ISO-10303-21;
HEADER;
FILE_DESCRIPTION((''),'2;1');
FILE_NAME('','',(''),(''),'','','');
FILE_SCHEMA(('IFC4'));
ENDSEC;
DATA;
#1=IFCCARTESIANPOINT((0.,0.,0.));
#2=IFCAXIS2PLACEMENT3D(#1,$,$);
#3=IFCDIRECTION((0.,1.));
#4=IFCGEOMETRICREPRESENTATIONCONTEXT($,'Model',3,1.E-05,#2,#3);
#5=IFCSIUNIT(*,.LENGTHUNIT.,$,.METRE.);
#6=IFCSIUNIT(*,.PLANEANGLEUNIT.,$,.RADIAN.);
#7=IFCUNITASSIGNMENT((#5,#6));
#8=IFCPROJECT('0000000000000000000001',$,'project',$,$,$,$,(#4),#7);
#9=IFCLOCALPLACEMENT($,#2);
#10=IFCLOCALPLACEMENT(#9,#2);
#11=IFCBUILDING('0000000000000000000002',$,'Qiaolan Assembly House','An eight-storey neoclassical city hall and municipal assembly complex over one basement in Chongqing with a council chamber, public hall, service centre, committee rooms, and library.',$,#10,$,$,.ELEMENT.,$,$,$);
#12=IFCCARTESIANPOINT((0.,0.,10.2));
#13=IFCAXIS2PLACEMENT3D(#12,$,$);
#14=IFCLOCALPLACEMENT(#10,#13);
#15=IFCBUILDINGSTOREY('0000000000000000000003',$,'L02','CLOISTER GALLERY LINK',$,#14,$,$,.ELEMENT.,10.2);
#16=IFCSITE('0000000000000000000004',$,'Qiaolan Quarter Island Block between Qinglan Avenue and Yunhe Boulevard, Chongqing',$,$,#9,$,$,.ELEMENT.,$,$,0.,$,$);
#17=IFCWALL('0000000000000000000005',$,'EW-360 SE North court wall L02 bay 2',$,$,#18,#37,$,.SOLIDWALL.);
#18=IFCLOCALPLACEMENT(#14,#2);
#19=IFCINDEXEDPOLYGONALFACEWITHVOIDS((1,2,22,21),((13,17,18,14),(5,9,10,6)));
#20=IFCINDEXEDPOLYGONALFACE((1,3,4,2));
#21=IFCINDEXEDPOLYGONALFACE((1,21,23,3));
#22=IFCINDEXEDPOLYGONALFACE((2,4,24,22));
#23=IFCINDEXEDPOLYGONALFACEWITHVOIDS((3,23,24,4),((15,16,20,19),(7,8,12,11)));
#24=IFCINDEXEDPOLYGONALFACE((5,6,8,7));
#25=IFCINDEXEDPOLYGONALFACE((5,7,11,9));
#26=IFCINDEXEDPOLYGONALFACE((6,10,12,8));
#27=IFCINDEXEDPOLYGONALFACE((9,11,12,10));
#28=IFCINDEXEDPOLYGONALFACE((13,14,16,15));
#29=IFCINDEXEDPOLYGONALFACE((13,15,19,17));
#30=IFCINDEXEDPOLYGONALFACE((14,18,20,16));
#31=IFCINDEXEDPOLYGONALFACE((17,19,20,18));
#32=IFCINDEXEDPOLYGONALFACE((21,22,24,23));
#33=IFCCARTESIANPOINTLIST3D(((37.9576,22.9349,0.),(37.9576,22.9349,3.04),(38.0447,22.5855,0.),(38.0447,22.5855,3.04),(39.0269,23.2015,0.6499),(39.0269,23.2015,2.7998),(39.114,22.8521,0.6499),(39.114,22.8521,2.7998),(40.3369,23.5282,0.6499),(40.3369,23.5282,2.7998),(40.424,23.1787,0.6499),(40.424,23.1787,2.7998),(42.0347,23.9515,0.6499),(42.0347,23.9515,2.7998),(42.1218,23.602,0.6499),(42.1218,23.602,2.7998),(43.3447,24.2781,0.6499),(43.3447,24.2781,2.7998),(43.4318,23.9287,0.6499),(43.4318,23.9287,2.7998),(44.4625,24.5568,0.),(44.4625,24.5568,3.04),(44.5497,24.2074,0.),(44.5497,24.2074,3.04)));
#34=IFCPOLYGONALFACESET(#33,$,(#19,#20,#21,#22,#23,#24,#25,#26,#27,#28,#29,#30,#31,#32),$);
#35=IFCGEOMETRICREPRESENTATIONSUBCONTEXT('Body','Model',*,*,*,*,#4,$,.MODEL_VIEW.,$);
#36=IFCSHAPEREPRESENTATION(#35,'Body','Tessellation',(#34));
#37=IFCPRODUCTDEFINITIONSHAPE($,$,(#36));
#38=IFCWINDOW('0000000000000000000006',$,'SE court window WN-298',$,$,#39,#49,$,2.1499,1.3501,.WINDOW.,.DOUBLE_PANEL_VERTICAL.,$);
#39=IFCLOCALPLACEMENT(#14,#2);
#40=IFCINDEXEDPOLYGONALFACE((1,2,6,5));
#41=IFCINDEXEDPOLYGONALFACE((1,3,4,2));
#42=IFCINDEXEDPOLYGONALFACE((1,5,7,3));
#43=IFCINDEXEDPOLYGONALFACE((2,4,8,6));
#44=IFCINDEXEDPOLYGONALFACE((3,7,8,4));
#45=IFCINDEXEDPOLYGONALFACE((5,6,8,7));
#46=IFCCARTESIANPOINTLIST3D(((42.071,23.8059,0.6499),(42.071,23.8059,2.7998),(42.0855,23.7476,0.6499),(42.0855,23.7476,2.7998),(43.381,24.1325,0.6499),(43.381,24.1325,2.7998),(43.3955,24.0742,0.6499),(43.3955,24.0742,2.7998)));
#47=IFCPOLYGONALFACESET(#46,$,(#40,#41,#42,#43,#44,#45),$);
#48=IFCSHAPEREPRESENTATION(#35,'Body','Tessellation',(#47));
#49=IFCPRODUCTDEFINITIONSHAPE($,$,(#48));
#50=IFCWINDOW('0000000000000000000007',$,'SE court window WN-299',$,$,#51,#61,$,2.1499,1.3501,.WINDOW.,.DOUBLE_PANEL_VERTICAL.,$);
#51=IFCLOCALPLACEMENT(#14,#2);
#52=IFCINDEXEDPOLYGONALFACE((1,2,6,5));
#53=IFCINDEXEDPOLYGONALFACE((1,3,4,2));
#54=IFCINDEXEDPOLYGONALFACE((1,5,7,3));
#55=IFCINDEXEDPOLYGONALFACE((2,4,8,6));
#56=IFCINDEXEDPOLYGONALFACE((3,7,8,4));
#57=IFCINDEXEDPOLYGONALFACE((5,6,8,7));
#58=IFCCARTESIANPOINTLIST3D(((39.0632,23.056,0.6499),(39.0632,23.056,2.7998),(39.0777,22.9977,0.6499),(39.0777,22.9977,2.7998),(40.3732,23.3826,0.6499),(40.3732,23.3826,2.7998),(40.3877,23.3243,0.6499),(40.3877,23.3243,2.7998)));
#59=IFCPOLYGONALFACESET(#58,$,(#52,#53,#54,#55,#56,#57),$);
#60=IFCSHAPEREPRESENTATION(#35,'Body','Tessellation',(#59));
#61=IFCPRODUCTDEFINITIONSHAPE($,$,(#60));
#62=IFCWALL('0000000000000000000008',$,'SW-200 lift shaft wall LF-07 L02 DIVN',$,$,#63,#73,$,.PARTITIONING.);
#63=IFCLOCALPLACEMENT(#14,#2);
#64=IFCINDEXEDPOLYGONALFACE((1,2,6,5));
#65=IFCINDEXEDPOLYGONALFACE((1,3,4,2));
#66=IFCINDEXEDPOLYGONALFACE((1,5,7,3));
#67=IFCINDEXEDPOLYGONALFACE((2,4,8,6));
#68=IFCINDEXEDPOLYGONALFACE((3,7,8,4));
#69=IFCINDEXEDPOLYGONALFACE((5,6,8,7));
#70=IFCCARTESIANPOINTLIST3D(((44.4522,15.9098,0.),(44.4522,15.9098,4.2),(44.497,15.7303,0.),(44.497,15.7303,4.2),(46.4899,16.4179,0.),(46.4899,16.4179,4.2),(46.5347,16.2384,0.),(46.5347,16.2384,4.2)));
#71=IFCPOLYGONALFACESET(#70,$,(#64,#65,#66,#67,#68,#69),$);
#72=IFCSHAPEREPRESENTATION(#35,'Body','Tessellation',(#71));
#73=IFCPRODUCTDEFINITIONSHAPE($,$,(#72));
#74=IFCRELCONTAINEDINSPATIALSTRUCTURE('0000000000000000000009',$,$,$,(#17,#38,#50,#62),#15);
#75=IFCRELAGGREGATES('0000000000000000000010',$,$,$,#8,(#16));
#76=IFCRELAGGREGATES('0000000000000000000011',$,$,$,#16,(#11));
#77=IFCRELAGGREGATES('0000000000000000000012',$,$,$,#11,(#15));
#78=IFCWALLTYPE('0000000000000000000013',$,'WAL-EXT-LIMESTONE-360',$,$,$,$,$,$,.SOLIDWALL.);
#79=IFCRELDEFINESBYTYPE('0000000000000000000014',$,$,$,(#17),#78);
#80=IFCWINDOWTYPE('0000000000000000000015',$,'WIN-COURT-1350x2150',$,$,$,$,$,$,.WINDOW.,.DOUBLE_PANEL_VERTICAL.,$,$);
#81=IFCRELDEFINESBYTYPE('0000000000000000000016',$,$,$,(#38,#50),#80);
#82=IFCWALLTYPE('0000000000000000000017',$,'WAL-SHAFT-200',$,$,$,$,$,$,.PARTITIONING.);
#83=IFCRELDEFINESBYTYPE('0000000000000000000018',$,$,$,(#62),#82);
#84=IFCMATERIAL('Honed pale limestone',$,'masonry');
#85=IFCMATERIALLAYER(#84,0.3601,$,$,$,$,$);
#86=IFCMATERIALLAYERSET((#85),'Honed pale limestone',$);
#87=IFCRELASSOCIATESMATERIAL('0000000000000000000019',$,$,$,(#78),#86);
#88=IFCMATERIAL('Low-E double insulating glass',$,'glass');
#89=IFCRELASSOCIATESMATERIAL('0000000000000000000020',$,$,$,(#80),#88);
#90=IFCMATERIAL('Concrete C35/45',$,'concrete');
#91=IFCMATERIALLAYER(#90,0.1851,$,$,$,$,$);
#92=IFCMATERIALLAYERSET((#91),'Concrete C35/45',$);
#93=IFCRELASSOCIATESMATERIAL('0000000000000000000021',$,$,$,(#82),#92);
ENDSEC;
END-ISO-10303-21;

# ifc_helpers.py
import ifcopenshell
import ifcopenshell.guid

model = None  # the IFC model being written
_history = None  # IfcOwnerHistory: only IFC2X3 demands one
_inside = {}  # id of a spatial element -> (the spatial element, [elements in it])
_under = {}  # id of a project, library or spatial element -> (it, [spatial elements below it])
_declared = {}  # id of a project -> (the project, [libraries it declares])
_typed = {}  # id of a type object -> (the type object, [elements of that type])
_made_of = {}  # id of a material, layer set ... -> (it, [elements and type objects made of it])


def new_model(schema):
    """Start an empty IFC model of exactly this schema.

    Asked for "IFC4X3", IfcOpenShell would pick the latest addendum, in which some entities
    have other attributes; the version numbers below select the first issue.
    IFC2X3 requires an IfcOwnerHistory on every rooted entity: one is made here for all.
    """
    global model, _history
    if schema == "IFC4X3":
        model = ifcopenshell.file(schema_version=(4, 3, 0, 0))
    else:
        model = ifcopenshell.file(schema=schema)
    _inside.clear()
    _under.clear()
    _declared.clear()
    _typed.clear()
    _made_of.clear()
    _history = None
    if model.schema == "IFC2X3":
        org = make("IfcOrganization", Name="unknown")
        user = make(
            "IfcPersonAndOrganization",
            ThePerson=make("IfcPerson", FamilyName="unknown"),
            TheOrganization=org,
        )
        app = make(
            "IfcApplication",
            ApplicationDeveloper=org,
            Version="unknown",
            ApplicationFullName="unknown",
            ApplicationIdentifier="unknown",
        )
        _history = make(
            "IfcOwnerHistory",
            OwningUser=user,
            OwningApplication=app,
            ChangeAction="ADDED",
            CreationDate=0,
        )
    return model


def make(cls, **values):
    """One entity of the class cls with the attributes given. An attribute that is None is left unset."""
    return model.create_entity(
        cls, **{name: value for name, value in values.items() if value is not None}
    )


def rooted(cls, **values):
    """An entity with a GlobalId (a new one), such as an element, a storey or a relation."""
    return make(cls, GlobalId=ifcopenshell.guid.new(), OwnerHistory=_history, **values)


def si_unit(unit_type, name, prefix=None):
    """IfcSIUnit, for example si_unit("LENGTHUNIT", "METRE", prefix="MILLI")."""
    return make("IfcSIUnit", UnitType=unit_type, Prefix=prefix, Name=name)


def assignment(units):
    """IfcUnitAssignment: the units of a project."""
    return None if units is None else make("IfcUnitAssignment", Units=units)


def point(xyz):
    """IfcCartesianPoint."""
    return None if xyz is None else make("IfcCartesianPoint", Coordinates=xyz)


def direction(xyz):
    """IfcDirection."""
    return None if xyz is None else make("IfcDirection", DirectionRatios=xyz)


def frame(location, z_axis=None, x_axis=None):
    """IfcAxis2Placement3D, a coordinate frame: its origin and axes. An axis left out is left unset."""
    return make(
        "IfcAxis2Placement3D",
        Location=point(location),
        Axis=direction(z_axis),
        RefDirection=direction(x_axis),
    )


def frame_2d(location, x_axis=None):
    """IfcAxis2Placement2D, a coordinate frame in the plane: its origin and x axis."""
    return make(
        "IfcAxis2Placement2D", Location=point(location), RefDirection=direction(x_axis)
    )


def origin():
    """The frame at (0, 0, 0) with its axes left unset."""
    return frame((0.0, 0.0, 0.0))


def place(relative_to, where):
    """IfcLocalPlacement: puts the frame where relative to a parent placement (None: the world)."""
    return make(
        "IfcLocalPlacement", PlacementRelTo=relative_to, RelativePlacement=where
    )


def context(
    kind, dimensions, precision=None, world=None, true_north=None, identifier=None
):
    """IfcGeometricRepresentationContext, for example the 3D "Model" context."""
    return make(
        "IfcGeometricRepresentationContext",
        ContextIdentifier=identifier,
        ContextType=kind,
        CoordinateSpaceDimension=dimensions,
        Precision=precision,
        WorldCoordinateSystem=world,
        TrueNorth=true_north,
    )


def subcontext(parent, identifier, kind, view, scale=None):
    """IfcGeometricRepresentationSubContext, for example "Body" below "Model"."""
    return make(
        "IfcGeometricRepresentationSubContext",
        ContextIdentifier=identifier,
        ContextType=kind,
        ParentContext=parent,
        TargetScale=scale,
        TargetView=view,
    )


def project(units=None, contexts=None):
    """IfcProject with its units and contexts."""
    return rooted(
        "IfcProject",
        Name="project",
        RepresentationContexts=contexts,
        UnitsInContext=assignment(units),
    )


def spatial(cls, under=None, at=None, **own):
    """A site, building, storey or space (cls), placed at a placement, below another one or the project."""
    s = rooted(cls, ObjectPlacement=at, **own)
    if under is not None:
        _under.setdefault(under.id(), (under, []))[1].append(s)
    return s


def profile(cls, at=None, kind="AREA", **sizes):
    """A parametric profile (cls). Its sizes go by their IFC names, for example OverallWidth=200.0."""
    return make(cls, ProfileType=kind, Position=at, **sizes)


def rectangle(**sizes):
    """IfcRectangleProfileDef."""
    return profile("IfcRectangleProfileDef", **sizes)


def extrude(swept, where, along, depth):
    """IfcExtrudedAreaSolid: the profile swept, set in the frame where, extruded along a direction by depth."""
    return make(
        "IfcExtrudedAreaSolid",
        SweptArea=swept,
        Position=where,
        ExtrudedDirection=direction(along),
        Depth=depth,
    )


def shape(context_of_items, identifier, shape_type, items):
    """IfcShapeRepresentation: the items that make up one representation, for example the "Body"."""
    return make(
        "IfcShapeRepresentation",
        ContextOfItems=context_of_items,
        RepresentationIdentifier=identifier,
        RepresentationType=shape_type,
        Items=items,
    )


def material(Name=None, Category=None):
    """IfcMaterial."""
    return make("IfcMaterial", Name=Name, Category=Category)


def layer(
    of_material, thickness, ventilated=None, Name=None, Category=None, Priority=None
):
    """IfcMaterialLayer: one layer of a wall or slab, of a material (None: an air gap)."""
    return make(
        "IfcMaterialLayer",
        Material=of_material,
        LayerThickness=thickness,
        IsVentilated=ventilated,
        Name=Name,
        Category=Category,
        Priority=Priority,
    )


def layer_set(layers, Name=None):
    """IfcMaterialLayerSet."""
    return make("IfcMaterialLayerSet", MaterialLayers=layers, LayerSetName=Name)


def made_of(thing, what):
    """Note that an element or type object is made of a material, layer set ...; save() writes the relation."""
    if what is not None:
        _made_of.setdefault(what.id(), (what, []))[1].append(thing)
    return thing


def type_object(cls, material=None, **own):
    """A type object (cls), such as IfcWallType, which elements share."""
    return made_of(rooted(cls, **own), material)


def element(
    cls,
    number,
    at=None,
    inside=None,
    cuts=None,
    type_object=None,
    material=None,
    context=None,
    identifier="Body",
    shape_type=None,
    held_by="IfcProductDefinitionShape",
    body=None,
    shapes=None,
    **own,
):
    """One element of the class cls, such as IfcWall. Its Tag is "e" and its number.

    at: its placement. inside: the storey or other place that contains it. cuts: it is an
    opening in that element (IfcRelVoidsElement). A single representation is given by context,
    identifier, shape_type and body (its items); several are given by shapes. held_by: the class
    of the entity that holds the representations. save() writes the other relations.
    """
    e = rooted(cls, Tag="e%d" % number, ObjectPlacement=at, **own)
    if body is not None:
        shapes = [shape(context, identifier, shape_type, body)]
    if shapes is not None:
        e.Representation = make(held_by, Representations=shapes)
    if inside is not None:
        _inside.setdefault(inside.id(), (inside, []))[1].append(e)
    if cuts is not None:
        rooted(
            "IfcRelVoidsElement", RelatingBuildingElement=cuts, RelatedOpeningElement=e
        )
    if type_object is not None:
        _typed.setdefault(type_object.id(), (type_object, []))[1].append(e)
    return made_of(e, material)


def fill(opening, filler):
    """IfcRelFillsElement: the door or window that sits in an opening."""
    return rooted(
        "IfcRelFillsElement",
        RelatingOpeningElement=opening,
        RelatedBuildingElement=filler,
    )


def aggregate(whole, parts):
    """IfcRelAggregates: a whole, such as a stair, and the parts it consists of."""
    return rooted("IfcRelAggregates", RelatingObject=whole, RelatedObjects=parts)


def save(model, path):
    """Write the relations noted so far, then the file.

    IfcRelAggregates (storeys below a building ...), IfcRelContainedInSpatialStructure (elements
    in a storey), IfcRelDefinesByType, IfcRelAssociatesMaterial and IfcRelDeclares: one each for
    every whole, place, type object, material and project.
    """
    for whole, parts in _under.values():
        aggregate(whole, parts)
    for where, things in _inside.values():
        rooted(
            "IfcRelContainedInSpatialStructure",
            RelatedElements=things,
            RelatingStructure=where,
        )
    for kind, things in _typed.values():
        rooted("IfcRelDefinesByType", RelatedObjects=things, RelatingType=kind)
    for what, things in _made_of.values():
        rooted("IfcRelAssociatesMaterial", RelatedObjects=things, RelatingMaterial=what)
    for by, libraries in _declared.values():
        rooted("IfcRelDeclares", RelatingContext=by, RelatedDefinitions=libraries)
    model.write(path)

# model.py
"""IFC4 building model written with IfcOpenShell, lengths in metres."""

from ifc_helpers import new_model, si_unit, direction, frame, frame_2d, origin, place, context, subcontext, project, spatial, rectangle, extrude, material, layer, layer_set, type_object, element, fill, save


model = new_model("IFC4")

# Units and contexts
model_context = context("Model", 3, precision=1e-05, world=origin(), true_north=direction((0.0, 1.0)))
body_context = subcontext(model_context, "Body", "Model", "MODEL_VIEW")
ifc_project = project(units=[si_unit("LENGTHUNIT", "METRE"), si_unit("PLANEANGLEUNIT", "RADIAN")], contexts=[model_context])

# Site, building, storey
site_placement = place(None, origin())
site = spatial("IfcSite", under=ifc_project, at=site_placement, Name="Qiaolan Quarter Island Block between Qinglan Avenue and Yunhe Boulevard, Chongqing", CompositionType="ELEMENT", RefElevation=0.0)
building_placement = place(site_placement, origin())
building = spatial("IfcBuilding", under=site, at=building_placement, Name="Qiaolan Assembly House", Description="An eight-storey neoclassical city hall and municipal assembly complex over one basement in Chongqing with a council chamber, public hall, service centre, committee rooms, and library.", CompositionType="ELEMENT")
storey_placement = place(building_placement, frame((0.0, 0.0, 10.2)))
storey = spatial("IfcBuildingStorey", under=building, at=storey_placement, Name="L02", Description="CLOISTER GALLERY LINK", CompositionType="ELEMENT", Elevation=10.2)

# Wall, openings, windows
ifc_material_1 = material(Name="Honed pale limestone", Category="masonry")
ifc_layer_1 = layer(ifc_material_1, 0.3601)
ifc_layer_set_1 = layer_set([ifc_layer_1], Name="Honed pale limestone")
wall_type_1 = type_object("IfcWallType", Name="WAL-EXT-LIMESTONE-360", PredefinedType="SOLIDWALL", material=ifc_layer_set_1)
ifc_material_2 = material(Name="Low-E double insulating glass", Category="glass")
window_type = type_object("IfcWindowType", Name="WIN-COURT-1350x2150", PartitioningType="DOUBLE_PANEL_VERTICAL", PredefinedType="WINDOW", material=ifc_material_2)
wall_1_placement = place(storey_placement, frame((44.5061, 24.3821, 0.0), z_axis=(0.0, 0.0, 1.0), x_axis=(-0.970297, -0.241919, 0.0)))
wall_1 = element("IfcWall", 1, at=wall_1_placement, inside=storey, type_object=wall_type_1, Name="EW-360 SE North court wall L02 bay 2", PredefinedType="SOLIDWALL", context=body_context, shape_type="SweptSolid", body=[
    extrude(rectangle(XDim=6.7041, YDim=0.3601, at=frame_2d((3.3521, 0.0))), origin(), (0.0, 0.0, 1.0), 3.04),
])
opening_1_placement = place(wall_1_placement, frame((1.1521, 0.0, 0.6499)))
opening_1 = element("IfcOpeningElement", 2, at=opening_1_placement, cuts=wall_1, PredefinedType="OPENING", context=body_context, shape_type="SweptSolid", body=[
    extrude(rectangle(XDim=1.3501, YDim=2.1499, at=frame_2d((0.675, 1.075))), frame((0.0, 0.1899, 0.0), z_axis=(0.0, -1.0, 0.0), x_axis=(1.0, 0.0, 0.0)), (0.0, 0.0, 1.0), 0.3801),
])
opening_2_placement = place(wall_1_placement, frame((4.252, 0.0, 0.6499)))
opening_2 = element("IfcOpeningElement", 3, at=opening_2_placement, cuts=wall_1, PredefinedType="OPENING", context=body_context, shape_type="SweptSolid", body=[
    extrude(rectangle(XDim=1.3501, YDim=2.1499, at=frame_2d((0.675, 1.075))), frame((0.0, 0.1899, 0.0), z_axis=(0.0, -1.0, 0.0), x_axis=(1.0, 0.0, 0.0)), (0.0, 0.0, 1.0), 0.3801),
])
window_1_placement = place(opening_1_placement, origin())
window_1 = element("IfcWindow", 4, at=window_1_placement, inside=storey, type_object=window_type, Name="SE court window WN-298", OverallHeight=2.1499, OverallWidth=1.3501, PartitioningType="DOUBLE_PANEL_VERTICAL", PredefinedType="WINDOW", context=body_context, shape_type="SweptSolid", body=[
    extrude(rectangle(XDim=1.3501, YDim=2.1499, at=frame_2d((0.675, 1.075))), frame((0.0, 0.03, 0.0), z_axis=(0.0, -1.0, 0.0), x_axis=(1.0, 0.0, 0.0)), (0.0, 0.0, 1.0), 0.0601),
])
fill(opening_1, window_1)
window_2_placement = place(opening_2_placement, origin())
window_2 = element("IfcWindow", 5, at=window_2_placement, inside=storey, type_object=window_type, Name="SE court window WN-299", OverallHeight=2.1499, OverallWidth=1.3501, PartitioningType="DOUBLE_PANEL_VERTICAL", PredefinedType="WINDOW", context=body_context, shape_type="SweptSolid", body=[
    extrude(rectangle(XDim=1.3501, YDim=2.1499, at=frame_2d((0.675, 1.075))), frame((0.0, 0.03, 0.0), z_axis=(0.0, -1.0, 0.0), x_axis=(1.0, 0.0, 0.0)), (0.0, 0.0, 1.0), 0.0601),
])
fill(opening_2, window_2)

# Wall
ifc_material_3 = material(Name="Concrete C35/45", Category="concrete")
ifc_layer_2 = layer(ifc_material_3, 0.1851)
ifc_layer_set_2 = layer_set([ifc_layer_2], Name="Concrete C35/45")
wall_type_2 = type_object("IfcWallType", Name="WAL-SHAFT-200", PredefinedType="PARTITIONING", material=ifc_layer_set_2)
wall_2_placement = place(storey_placement, frame((44.4746, 15.8201, 0.0), z_axis=(0.0, 0.0, 1.0), x_axis=(0.970293, 0.241934, 0.0)))
element("IfcWall", 6, at=wall_2_placement, inside=storey, type_object=wall_type_2, Name="SW-200 lift shaft wall LF-07 L02 DIVN", PredefinedType="PARTITIONING", context=body_context, shape_type="SweptSolid", body=[
    extrude(rectangle(XDim=2.1001, YDim=0.1851, at=frame_2d((1.05, 0.0))), origin(), (0.0, 0.0, 1.0), 4.2),
])

save(model, "model.ifc")
